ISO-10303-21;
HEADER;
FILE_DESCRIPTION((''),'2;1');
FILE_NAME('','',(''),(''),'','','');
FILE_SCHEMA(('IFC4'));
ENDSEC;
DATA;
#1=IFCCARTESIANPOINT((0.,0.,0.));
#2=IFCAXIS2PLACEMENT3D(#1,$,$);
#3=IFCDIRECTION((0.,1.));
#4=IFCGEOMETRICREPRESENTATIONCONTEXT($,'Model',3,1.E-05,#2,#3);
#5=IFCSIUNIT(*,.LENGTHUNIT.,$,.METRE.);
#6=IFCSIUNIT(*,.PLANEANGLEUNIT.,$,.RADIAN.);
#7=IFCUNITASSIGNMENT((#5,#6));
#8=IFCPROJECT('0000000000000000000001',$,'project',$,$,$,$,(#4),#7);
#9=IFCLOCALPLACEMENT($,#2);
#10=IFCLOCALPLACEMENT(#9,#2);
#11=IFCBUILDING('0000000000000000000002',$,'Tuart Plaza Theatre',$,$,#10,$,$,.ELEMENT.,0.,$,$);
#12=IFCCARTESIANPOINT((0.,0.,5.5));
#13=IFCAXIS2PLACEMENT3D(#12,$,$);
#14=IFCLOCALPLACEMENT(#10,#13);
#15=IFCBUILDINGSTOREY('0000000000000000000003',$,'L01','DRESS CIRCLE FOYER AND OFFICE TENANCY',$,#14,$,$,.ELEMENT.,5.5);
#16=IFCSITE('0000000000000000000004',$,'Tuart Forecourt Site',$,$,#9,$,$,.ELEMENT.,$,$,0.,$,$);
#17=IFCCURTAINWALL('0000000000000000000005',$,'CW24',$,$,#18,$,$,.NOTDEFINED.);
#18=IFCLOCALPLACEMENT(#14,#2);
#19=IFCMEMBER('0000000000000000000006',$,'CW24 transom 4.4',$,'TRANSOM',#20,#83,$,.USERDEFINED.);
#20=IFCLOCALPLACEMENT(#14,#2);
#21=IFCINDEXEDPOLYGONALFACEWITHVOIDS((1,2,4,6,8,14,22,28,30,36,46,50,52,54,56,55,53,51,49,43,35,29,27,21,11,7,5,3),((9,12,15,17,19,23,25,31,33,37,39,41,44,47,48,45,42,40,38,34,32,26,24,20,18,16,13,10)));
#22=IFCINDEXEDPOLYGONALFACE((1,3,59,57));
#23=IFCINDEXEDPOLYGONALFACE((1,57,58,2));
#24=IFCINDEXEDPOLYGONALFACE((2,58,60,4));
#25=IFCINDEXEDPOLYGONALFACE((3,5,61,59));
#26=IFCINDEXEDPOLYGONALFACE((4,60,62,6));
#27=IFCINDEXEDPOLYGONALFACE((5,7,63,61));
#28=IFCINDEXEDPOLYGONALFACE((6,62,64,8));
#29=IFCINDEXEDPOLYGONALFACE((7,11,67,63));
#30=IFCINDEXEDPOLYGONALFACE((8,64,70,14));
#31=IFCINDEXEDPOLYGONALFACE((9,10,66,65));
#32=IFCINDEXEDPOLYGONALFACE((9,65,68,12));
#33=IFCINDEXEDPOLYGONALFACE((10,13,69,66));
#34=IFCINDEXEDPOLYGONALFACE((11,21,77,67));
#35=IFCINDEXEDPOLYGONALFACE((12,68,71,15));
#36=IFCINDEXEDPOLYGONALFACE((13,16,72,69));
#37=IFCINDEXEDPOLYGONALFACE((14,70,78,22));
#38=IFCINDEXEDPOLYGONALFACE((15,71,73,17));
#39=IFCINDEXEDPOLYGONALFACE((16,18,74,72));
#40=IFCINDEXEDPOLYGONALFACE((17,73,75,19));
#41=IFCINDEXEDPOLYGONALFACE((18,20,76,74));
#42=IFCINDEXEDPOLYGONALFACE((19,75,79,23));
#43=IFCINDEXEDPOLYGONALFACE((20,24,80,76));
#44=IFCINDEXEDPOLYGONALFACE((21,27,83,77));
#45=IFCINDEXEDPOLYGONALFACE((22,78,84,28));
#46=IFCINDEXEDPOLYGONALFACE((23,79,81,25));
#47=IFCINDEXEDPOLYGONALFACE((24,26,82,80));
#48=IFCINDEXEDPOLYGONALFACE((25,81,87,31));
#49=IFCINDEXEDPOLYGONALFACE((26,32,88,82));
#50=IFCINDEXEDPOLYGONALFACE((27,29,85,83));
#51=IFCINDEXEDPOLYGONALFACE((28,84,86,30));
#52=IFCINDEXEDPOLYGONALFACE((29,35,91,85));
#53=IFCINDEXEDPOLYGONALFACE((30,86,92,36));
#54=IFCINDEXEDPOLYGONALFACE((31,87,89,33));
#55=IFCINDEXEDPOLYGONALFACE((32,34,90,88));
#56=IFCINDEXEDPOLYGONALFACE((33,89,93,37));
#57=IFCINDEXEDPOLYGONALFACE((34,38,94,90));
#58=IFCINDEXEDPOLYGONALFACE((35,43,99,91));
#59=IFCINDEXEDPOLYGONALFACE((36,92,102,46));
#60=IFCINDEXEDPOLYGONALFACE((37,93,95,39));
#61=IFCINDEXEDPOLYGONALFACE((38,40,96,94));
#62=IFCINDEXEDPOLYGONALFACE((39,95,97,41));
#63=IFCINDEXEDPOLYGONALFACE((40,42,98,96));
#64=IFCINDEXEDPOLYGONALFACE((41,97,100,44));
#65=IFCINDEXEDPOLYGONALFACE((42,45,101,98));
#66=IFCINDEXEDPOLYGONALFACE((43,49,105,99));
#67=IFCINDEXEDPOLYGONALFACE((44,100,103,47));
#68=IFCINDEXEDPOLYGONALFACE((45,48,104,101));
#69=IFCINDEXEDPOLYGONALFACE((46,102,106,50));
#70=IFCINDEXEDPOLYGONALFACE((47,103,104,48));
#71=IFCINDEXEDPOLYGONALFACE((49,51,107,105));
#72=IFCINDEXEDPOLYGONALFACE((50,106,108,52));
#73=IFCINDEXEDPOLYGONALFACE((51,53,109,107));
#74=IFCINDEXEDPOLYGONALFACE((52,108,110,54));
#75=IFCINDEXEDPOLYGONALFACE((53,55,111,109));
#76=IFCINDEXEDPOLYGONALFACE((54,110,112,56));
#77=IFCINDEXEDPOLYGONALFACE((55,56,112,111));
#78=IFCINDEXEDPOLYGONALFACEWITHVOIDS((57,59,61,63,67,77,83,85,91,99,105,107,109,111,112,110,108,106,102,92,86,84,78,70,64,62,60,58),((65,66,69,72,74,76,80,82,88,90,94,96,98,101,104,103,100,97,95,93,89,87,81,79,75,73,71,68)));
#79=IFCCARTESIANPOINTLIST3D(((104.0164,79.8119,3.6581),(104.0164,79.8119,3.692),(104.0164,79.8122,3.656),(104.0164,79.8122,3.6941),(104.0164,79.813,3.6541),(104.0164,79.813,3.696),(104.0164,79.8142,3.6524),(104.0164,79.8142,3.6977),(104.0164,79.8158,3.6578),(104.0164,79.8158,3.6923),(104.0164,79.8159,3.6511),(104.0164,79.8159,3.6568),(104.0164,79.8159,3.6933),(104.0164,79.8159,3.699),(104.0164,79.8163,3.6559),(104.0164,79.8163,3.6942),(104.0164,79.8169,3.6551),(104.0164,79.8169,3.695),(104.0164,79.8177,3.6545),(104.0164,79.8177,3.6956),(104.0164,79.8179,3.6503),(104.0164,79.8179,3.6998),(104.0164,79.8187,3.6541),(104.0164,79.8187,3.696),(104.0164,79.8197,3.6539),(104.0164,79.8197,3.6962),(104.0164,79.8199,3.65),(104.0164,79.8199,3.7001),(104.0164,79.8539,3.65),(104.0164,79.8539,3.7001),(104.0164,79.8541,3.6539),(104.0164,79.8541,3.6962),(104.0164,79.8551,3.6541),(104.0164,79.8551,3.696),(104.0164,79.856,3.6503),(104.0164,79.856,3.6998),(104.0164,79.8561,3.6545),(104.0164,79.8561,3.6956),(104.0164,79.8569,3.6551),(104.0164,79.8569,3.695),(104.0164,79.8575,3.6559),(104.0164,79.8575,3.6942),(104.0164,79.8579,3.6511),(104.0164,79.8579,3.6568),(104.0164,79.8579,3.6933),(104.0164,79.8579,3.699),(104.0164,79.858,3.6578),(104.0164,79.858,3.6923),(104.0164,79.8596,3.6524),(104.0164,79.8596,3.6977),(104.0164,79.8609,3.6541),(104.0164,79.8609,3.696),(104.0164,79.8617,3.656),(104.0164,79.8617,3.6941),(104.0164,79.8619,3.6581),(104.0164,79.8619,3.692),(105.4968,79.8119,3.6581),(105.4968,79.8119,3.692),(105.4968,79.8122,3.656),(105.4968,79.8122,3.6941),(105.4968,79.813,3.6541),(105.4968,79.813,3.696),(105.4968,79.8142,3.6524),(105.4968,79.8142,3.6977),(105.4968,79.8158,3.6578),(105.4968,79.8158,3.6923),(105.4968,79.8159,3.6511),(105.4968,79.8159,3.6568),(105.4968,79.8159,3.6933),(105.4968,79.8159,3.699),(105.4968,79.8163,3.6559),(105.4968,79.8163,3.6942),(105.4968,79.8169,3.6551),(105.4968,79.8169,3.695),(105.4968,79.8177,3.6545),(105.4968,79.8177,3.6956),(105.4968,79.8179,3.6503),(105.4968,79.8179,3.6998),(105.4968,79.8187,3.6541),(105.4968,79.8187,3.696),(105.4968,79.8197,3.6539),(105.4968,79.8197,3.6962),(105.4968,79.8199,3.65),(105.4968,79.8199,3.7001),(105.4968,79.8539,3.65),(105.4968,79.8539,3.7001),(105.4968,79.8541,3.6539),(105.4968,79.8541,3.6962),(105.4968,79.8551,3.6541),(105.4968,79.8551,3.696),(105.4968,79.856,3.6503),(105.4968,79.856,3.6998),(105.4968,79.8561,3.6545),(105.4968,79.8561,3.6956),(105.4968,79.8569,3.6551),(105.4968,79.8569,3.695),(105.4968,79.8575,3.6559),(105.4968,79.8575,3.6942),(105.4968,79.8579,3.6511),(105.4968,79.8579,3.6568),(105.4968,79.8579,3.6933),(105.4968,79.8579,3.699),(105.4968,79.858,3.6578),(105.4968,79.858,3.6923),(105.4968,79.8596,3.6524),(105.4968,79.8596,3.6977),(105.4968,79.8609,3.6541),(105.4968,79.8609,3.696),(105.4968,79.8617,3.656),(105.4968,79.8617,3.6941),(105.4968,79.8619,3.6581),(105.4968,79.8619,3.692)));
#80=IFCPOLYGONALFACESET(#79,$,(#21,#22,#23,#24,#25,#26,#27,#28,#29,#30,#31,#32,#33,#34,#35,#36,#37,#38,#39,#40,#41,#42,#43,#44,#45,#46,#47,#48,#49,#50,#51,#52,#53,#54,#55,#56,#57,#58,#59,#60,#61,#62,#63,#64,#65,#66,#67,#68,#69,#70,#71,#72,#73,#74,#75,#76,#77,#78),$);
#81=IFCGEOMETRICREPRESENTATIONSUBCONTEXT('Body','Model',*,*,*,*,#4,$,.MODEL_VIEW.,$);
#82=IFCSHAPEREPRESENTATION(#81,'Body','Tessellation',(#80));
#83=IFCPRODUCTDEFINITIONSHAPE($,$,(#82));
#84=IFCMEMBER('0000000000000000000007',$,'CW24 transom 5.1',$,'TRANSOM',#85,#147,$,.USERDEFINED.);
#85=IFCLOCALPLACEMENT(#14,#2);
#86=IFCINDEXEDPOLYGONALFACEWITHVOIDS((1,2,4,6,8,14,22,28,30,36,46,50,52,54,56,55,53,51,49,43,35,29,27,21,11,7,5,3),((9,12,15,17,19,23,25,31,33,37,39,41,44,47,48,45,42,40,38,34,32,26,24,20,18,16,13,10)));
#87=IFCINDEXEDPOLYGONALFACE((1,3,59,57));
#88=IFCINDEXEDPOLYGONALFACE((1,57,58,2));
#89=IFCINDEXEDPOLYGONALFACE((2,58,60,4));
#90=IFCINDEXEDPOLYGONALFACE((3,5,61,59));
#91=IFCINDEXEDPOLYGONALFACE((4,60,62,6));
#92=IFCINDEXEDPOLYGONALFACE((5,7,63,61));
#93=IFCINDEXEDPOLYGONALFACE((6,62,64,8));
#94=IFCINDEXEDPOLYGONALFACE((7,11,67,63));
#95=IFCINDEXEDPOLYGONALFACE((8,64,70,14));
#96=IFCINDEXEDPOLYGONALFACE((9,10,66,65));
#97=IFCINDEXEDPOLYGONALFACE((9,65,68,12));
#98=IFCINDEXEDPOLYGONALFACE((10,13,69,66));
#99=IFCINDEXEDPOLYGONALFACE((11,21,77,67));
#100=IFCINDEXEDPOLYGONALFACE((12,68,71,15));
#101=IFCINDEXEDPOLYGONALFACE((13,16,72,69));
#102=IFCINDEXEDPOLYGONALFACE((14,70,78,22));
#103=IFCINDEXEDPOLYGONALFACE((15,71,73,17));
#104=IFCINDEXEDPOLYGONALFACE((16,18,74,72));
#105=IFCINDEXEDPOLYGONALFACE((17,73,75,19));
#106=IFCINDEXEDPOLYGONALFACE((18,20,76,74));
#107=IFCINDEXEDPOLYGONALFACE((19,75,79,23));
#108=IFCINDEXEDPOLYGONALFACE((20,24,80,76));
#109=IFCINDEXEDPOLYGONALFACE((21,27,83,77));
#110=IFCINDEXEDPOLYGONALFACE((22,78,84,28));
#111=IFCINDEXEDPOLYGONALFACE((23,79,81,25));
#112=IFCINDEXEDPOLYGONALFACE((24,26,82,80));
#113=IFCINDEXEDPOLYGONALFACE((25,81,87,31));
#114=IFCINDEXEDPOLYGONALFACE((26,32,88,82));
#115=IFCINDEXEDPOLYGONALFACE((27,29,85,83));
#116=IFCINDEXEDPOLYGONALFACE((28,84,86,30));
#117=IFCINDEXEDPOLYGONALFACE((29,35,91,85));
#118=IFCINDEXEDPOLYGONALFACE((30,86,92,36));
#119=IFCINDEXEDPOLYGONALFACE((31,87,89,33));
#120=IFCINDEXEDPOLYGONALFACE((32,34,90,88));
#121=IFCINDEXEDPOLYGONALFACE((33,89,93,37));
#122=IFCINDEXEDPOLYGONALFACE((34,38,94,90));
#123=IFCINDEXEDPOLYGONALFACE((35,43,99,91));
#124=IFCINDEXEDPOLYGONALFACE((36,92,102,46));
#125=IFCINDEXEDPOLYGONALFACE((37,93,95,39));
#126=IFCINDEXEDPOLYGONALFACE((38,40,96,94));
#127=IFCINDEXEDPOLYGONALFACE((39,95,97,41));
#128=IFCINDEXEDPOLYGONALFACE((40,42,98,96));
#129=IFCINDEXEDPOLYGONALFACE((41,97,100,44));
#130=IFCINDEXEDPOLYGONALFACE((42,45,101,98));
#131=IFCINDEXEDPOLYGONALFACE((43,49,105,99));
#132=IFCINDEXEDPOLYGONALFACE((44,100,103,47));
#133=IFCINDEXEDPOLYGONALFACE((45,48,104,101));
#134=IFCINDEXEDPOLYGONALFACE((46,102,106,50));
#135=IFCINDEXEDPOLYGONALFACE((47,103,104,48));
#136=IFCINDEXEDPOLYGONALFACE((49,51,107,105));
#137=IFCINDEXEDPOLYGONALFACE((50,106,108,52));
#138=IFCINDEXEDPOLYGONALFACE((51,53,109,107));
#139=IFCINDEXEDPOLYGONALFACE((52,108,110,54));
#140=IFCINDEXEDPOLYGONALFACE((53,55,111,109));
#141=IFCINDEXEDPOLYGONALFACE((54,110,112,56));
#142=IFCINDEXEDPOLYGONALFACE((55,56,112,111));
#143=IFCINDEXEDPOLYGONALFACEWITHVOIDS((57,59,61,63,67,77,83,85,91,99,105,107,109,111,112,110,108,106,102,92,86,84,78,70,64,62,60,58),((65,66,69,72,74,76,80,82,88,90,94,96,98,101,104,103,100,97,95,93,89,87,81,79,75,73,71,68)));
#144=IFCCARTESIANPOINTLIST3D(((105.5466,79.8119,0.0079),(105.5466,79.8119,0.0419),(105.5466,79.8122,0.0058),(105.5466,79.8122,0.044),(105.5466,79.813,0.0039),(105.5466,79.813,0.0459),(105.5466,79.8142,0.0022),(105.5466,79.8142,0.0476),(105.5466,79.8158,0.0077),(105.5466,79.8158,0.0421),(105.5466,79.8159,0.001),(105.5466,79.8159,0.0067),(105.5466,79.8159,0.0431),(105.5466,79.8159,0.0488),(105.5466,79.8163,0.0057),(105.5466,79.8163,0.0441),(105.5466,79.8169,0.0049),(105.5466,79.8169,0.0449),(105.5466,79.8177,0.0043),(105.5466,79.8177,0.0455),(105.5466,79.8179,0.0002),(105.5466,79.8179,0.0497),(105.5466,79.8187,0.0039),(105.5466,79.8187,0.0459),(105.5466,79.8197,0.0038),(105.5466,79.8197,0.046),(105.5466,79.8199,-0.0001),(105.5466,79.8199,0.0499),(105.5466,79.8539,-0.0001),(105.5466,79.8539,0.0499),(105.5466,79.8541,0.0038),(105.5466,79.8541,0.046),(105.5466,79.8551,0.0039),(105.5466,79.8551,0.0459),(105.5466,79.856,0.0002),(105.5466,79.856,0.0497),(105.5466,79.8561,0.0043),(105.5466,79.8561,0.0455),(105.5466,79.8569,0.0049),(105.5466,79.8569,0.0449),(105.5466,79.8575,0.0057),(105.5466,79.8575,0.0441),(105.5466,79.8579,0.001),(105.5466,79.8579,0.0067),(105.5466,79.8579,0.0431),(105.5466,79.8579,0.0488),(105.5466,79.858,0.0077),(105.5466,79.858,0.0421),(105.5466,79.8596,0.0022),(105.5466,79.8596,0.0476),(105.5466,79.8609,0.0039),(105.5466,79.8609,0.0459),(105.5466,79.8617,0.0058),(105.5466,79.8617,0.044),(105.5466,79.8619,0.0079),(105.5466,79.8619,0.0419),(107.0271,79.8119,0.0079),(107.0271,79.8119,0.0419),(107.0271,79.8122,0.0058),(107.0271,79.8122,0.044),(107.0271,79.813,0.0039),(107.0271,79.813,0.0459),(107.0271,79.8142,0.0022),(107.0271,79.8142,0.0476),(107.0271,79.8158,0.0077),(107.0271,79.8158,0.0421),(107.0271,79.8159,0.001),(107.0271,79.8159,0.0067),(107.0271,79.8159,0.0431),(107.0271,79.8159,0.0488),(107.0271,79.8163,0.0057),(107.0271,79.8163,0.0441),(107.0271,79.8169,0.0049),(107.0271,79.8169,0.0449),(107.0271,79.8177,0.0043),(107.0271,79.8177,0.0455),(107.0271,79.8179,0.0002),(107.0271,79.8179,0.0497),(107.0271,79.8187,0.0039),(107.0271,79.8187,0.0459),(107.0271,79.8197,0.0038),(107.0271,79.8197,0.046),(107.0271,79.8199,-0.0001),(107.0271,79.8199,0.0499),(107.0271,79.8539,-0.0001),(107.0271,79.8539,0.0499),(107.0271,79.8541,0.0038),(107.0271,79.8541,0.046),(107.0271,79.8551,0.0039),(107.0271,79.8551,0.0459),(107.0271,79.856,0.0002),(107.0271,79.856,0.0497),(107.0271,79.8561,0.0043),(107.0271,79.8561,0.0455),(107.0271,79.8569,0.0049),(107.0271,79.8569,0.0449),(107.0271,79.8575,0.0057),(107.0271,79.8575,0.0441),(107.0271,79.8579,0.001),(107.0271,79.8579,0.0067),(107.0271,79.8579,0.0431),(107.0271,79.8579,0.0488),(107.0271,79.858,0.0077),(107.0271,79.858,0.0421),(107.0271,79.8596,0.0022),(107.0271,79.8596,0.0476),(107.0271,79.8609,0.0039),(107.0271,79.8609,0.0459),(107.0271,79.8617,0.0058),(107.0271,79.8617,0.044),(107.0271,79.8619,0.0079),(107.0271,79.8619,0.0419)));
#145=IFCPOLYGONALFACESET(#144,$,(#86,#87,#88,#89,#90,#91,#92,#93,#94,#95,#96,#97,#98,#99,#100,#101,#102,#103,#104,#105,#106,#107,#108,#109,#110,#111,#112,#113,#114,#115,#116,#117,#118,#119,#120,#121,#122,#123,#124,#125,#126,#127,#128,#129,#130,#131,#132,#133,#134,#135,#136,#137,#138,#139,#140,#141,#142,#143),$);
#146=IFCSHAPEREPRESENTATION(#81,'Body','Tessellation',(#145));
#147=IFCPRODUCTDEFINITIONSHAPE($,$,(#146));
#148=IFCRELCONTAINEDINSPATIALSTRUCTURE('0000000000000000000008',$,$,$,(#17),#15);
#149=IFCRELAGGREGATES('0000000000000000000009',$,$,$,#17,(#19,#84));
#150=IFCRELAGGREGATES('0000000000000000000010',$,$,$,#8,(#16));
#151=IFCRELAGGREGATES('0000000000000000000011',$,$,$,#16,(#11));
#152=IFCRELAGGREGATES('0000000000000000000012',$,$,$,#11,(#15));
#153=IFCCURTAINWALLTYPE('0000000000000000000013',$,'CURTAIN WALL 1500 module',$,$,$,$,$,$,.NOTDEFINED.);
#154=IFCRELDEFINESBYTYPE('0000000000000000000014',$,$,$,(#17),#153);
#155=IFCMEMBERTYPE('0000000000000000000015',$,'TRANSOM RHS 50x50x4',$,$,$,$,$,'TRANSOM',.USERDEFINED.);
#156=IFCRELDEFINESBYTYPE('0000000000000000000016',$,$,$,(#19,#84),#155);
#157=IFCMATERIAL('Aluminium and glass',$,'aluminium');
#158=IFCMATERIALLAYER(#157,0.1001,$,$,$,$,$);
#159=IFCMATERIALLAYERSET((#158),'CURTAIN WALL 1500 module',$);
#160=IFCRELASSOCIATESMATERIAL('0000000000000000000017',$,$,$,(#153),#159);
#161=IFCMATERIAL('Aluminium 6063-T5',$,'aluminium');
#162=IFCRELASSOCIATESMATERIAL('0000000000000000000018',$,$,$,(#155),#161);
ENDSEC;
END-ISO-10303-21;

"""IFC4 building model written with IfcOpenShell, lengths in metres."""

from ifc_helpers import new_model, si_unit, direction, frame, origin, origin_2d, place, context, subcontext, project, spatial, hollow_rectangle, extrude, material, layer, layer_set, material_profile, profile_set, type_object, element, aggregate, save


model = new_model("IFC4")

# Units and contexts
model_context = context("Model", 3, precision=1e-05, world=origin(), true_north=direction((0.0, 1.0)))
body_context = subcontext(model_context, "Body", "Model", "MODEL_VIEW")
ifc_project = project(units=[si_unit("LENGTHUNIT", "METRE"), si_unit("PLANEANGLEUNIT", "RADIAN")], contexts=[model_context])

# Site, building, storey
site_placement = place(None, origin())
site = spatial("IfcSite", under=ifc_project, at=site_placement, Name="Tuart Forecourt Site", CompositionType="ELEMENT", RefElevation=0.0)
building_placement = place(site_placement, origin())
building = spatial("IfcBuilding", under=site, at=building_placement, Name="Tuart Plaza Theatre", CompositionType="ELEMENT", ElevationOfRefHeight=0.0)
storey_placement = place(building_placement, frame((0.0, 0.0, 5.5)))
storey = spatial("IfcBuildingStorey", under=building, at=storey_placement, Name="L01", Description="DRESS CIRCLE FOYER AND OFFICE TENANCY", CompositionType="ELEMENT", Elevation=5.5)

# Curtain wall, members
ifc_material_1 = material(Name="Aluminium and glass", Category="aluminium")
ifc_layer_1 = layer(ifc_material_1, 0.1001)
ifc_layer_set_1 = layer_set([ifc_layer_1], Name="CURTAIN WALL 1500 module")
curtain_wall_type = type_object("IfcCurtainWallType", Name="CURTAIN WALL 1500 module", PredefinedType="NOTDEFINED", material=ifc_layer_set_1)
curtain_wall_placement = place(storey_placement, origin())
curtain_wall = element("IfcCurtainWall", 1, at=curtain_wall_placement, inside=storey, type_object=curtain_wall_type, Name="CW24", PredefinedType="NOTDEFINED")
ifc_material_2 = material(Name="Aluminium 6063-T5", Category="aluminium")
ifc_material_profile_1 = material_profile(ifc_material_2, hollow_rectangle(XDim=0.05, YDim=0.05, WallThickness=0.0039, InnerFilletRadius=0.0039, OuterFilletRadius=0.0081, at=origin_2d()), Name="RHS 50x50x4")
ifc_profile_set_1 = profile_set([ifc_material_profile_1], Name="Aluminium 6063-T5")
member_type_1 = type_object("IfcMemberType", Name="TRANSOM RHS 50x50x4", ElementType="TRANSOM", PredefinedType="USERDEFINED", material=ifc_profile_set_1)
member_1_placement = place(storey_placement, frame((104.0164, 79.8369, 3.675), z_axis=(1.0, 0.0, 0.0), x_axis=(0.0, 1.0, 0.0)))
member_1 = element("IfcMember", 2, at=member_1_placement, type_object=member_type_1, Name="CW24 transom 4.4", ObjectType="TRANSOM", PredefinedType="USERDEFINED", context=body_context, shape_type="SweptSolid", body=[
    extrude(hollow_rectangle(XDim=0.05, YDim=0.05, WallThickness=0.0039, InnerFilletRadius=0.0039, OuterFilletRadius=0.0081, at=origin_2d()), origin(), (0.0, 0.0, 1.0), 1.4805),
])
member_2_placement = place(storey_placement, frame((105.5466, 79.8369, 0.0249), z_axis=(1.0, 0.0, 0.0), x_axis=(0.0, 1.0, 0.0)))
member_2 = element("IfcMember", 3, at=member_2_placement, type_object=member_type_1, Name="CW24 transom 5.1", ObjectType="TRANSOM", PredefinedType="USERDEFINED", context=body_context, shape_type="SweptSolid", body=[
    extrude(hollow_rectangle(XDim=0.05, YDim=0.05, WallThickness=0.0039, InnerFilletRadius=0.0039, OuterFilletRadius=0.0081, at=origin_2d()), origin(), (0.0, 0.0, 1.0), 1.4805),
])
aggregate(curtain_wall, [member_1, member_2])

save(model, "model.ifc")
